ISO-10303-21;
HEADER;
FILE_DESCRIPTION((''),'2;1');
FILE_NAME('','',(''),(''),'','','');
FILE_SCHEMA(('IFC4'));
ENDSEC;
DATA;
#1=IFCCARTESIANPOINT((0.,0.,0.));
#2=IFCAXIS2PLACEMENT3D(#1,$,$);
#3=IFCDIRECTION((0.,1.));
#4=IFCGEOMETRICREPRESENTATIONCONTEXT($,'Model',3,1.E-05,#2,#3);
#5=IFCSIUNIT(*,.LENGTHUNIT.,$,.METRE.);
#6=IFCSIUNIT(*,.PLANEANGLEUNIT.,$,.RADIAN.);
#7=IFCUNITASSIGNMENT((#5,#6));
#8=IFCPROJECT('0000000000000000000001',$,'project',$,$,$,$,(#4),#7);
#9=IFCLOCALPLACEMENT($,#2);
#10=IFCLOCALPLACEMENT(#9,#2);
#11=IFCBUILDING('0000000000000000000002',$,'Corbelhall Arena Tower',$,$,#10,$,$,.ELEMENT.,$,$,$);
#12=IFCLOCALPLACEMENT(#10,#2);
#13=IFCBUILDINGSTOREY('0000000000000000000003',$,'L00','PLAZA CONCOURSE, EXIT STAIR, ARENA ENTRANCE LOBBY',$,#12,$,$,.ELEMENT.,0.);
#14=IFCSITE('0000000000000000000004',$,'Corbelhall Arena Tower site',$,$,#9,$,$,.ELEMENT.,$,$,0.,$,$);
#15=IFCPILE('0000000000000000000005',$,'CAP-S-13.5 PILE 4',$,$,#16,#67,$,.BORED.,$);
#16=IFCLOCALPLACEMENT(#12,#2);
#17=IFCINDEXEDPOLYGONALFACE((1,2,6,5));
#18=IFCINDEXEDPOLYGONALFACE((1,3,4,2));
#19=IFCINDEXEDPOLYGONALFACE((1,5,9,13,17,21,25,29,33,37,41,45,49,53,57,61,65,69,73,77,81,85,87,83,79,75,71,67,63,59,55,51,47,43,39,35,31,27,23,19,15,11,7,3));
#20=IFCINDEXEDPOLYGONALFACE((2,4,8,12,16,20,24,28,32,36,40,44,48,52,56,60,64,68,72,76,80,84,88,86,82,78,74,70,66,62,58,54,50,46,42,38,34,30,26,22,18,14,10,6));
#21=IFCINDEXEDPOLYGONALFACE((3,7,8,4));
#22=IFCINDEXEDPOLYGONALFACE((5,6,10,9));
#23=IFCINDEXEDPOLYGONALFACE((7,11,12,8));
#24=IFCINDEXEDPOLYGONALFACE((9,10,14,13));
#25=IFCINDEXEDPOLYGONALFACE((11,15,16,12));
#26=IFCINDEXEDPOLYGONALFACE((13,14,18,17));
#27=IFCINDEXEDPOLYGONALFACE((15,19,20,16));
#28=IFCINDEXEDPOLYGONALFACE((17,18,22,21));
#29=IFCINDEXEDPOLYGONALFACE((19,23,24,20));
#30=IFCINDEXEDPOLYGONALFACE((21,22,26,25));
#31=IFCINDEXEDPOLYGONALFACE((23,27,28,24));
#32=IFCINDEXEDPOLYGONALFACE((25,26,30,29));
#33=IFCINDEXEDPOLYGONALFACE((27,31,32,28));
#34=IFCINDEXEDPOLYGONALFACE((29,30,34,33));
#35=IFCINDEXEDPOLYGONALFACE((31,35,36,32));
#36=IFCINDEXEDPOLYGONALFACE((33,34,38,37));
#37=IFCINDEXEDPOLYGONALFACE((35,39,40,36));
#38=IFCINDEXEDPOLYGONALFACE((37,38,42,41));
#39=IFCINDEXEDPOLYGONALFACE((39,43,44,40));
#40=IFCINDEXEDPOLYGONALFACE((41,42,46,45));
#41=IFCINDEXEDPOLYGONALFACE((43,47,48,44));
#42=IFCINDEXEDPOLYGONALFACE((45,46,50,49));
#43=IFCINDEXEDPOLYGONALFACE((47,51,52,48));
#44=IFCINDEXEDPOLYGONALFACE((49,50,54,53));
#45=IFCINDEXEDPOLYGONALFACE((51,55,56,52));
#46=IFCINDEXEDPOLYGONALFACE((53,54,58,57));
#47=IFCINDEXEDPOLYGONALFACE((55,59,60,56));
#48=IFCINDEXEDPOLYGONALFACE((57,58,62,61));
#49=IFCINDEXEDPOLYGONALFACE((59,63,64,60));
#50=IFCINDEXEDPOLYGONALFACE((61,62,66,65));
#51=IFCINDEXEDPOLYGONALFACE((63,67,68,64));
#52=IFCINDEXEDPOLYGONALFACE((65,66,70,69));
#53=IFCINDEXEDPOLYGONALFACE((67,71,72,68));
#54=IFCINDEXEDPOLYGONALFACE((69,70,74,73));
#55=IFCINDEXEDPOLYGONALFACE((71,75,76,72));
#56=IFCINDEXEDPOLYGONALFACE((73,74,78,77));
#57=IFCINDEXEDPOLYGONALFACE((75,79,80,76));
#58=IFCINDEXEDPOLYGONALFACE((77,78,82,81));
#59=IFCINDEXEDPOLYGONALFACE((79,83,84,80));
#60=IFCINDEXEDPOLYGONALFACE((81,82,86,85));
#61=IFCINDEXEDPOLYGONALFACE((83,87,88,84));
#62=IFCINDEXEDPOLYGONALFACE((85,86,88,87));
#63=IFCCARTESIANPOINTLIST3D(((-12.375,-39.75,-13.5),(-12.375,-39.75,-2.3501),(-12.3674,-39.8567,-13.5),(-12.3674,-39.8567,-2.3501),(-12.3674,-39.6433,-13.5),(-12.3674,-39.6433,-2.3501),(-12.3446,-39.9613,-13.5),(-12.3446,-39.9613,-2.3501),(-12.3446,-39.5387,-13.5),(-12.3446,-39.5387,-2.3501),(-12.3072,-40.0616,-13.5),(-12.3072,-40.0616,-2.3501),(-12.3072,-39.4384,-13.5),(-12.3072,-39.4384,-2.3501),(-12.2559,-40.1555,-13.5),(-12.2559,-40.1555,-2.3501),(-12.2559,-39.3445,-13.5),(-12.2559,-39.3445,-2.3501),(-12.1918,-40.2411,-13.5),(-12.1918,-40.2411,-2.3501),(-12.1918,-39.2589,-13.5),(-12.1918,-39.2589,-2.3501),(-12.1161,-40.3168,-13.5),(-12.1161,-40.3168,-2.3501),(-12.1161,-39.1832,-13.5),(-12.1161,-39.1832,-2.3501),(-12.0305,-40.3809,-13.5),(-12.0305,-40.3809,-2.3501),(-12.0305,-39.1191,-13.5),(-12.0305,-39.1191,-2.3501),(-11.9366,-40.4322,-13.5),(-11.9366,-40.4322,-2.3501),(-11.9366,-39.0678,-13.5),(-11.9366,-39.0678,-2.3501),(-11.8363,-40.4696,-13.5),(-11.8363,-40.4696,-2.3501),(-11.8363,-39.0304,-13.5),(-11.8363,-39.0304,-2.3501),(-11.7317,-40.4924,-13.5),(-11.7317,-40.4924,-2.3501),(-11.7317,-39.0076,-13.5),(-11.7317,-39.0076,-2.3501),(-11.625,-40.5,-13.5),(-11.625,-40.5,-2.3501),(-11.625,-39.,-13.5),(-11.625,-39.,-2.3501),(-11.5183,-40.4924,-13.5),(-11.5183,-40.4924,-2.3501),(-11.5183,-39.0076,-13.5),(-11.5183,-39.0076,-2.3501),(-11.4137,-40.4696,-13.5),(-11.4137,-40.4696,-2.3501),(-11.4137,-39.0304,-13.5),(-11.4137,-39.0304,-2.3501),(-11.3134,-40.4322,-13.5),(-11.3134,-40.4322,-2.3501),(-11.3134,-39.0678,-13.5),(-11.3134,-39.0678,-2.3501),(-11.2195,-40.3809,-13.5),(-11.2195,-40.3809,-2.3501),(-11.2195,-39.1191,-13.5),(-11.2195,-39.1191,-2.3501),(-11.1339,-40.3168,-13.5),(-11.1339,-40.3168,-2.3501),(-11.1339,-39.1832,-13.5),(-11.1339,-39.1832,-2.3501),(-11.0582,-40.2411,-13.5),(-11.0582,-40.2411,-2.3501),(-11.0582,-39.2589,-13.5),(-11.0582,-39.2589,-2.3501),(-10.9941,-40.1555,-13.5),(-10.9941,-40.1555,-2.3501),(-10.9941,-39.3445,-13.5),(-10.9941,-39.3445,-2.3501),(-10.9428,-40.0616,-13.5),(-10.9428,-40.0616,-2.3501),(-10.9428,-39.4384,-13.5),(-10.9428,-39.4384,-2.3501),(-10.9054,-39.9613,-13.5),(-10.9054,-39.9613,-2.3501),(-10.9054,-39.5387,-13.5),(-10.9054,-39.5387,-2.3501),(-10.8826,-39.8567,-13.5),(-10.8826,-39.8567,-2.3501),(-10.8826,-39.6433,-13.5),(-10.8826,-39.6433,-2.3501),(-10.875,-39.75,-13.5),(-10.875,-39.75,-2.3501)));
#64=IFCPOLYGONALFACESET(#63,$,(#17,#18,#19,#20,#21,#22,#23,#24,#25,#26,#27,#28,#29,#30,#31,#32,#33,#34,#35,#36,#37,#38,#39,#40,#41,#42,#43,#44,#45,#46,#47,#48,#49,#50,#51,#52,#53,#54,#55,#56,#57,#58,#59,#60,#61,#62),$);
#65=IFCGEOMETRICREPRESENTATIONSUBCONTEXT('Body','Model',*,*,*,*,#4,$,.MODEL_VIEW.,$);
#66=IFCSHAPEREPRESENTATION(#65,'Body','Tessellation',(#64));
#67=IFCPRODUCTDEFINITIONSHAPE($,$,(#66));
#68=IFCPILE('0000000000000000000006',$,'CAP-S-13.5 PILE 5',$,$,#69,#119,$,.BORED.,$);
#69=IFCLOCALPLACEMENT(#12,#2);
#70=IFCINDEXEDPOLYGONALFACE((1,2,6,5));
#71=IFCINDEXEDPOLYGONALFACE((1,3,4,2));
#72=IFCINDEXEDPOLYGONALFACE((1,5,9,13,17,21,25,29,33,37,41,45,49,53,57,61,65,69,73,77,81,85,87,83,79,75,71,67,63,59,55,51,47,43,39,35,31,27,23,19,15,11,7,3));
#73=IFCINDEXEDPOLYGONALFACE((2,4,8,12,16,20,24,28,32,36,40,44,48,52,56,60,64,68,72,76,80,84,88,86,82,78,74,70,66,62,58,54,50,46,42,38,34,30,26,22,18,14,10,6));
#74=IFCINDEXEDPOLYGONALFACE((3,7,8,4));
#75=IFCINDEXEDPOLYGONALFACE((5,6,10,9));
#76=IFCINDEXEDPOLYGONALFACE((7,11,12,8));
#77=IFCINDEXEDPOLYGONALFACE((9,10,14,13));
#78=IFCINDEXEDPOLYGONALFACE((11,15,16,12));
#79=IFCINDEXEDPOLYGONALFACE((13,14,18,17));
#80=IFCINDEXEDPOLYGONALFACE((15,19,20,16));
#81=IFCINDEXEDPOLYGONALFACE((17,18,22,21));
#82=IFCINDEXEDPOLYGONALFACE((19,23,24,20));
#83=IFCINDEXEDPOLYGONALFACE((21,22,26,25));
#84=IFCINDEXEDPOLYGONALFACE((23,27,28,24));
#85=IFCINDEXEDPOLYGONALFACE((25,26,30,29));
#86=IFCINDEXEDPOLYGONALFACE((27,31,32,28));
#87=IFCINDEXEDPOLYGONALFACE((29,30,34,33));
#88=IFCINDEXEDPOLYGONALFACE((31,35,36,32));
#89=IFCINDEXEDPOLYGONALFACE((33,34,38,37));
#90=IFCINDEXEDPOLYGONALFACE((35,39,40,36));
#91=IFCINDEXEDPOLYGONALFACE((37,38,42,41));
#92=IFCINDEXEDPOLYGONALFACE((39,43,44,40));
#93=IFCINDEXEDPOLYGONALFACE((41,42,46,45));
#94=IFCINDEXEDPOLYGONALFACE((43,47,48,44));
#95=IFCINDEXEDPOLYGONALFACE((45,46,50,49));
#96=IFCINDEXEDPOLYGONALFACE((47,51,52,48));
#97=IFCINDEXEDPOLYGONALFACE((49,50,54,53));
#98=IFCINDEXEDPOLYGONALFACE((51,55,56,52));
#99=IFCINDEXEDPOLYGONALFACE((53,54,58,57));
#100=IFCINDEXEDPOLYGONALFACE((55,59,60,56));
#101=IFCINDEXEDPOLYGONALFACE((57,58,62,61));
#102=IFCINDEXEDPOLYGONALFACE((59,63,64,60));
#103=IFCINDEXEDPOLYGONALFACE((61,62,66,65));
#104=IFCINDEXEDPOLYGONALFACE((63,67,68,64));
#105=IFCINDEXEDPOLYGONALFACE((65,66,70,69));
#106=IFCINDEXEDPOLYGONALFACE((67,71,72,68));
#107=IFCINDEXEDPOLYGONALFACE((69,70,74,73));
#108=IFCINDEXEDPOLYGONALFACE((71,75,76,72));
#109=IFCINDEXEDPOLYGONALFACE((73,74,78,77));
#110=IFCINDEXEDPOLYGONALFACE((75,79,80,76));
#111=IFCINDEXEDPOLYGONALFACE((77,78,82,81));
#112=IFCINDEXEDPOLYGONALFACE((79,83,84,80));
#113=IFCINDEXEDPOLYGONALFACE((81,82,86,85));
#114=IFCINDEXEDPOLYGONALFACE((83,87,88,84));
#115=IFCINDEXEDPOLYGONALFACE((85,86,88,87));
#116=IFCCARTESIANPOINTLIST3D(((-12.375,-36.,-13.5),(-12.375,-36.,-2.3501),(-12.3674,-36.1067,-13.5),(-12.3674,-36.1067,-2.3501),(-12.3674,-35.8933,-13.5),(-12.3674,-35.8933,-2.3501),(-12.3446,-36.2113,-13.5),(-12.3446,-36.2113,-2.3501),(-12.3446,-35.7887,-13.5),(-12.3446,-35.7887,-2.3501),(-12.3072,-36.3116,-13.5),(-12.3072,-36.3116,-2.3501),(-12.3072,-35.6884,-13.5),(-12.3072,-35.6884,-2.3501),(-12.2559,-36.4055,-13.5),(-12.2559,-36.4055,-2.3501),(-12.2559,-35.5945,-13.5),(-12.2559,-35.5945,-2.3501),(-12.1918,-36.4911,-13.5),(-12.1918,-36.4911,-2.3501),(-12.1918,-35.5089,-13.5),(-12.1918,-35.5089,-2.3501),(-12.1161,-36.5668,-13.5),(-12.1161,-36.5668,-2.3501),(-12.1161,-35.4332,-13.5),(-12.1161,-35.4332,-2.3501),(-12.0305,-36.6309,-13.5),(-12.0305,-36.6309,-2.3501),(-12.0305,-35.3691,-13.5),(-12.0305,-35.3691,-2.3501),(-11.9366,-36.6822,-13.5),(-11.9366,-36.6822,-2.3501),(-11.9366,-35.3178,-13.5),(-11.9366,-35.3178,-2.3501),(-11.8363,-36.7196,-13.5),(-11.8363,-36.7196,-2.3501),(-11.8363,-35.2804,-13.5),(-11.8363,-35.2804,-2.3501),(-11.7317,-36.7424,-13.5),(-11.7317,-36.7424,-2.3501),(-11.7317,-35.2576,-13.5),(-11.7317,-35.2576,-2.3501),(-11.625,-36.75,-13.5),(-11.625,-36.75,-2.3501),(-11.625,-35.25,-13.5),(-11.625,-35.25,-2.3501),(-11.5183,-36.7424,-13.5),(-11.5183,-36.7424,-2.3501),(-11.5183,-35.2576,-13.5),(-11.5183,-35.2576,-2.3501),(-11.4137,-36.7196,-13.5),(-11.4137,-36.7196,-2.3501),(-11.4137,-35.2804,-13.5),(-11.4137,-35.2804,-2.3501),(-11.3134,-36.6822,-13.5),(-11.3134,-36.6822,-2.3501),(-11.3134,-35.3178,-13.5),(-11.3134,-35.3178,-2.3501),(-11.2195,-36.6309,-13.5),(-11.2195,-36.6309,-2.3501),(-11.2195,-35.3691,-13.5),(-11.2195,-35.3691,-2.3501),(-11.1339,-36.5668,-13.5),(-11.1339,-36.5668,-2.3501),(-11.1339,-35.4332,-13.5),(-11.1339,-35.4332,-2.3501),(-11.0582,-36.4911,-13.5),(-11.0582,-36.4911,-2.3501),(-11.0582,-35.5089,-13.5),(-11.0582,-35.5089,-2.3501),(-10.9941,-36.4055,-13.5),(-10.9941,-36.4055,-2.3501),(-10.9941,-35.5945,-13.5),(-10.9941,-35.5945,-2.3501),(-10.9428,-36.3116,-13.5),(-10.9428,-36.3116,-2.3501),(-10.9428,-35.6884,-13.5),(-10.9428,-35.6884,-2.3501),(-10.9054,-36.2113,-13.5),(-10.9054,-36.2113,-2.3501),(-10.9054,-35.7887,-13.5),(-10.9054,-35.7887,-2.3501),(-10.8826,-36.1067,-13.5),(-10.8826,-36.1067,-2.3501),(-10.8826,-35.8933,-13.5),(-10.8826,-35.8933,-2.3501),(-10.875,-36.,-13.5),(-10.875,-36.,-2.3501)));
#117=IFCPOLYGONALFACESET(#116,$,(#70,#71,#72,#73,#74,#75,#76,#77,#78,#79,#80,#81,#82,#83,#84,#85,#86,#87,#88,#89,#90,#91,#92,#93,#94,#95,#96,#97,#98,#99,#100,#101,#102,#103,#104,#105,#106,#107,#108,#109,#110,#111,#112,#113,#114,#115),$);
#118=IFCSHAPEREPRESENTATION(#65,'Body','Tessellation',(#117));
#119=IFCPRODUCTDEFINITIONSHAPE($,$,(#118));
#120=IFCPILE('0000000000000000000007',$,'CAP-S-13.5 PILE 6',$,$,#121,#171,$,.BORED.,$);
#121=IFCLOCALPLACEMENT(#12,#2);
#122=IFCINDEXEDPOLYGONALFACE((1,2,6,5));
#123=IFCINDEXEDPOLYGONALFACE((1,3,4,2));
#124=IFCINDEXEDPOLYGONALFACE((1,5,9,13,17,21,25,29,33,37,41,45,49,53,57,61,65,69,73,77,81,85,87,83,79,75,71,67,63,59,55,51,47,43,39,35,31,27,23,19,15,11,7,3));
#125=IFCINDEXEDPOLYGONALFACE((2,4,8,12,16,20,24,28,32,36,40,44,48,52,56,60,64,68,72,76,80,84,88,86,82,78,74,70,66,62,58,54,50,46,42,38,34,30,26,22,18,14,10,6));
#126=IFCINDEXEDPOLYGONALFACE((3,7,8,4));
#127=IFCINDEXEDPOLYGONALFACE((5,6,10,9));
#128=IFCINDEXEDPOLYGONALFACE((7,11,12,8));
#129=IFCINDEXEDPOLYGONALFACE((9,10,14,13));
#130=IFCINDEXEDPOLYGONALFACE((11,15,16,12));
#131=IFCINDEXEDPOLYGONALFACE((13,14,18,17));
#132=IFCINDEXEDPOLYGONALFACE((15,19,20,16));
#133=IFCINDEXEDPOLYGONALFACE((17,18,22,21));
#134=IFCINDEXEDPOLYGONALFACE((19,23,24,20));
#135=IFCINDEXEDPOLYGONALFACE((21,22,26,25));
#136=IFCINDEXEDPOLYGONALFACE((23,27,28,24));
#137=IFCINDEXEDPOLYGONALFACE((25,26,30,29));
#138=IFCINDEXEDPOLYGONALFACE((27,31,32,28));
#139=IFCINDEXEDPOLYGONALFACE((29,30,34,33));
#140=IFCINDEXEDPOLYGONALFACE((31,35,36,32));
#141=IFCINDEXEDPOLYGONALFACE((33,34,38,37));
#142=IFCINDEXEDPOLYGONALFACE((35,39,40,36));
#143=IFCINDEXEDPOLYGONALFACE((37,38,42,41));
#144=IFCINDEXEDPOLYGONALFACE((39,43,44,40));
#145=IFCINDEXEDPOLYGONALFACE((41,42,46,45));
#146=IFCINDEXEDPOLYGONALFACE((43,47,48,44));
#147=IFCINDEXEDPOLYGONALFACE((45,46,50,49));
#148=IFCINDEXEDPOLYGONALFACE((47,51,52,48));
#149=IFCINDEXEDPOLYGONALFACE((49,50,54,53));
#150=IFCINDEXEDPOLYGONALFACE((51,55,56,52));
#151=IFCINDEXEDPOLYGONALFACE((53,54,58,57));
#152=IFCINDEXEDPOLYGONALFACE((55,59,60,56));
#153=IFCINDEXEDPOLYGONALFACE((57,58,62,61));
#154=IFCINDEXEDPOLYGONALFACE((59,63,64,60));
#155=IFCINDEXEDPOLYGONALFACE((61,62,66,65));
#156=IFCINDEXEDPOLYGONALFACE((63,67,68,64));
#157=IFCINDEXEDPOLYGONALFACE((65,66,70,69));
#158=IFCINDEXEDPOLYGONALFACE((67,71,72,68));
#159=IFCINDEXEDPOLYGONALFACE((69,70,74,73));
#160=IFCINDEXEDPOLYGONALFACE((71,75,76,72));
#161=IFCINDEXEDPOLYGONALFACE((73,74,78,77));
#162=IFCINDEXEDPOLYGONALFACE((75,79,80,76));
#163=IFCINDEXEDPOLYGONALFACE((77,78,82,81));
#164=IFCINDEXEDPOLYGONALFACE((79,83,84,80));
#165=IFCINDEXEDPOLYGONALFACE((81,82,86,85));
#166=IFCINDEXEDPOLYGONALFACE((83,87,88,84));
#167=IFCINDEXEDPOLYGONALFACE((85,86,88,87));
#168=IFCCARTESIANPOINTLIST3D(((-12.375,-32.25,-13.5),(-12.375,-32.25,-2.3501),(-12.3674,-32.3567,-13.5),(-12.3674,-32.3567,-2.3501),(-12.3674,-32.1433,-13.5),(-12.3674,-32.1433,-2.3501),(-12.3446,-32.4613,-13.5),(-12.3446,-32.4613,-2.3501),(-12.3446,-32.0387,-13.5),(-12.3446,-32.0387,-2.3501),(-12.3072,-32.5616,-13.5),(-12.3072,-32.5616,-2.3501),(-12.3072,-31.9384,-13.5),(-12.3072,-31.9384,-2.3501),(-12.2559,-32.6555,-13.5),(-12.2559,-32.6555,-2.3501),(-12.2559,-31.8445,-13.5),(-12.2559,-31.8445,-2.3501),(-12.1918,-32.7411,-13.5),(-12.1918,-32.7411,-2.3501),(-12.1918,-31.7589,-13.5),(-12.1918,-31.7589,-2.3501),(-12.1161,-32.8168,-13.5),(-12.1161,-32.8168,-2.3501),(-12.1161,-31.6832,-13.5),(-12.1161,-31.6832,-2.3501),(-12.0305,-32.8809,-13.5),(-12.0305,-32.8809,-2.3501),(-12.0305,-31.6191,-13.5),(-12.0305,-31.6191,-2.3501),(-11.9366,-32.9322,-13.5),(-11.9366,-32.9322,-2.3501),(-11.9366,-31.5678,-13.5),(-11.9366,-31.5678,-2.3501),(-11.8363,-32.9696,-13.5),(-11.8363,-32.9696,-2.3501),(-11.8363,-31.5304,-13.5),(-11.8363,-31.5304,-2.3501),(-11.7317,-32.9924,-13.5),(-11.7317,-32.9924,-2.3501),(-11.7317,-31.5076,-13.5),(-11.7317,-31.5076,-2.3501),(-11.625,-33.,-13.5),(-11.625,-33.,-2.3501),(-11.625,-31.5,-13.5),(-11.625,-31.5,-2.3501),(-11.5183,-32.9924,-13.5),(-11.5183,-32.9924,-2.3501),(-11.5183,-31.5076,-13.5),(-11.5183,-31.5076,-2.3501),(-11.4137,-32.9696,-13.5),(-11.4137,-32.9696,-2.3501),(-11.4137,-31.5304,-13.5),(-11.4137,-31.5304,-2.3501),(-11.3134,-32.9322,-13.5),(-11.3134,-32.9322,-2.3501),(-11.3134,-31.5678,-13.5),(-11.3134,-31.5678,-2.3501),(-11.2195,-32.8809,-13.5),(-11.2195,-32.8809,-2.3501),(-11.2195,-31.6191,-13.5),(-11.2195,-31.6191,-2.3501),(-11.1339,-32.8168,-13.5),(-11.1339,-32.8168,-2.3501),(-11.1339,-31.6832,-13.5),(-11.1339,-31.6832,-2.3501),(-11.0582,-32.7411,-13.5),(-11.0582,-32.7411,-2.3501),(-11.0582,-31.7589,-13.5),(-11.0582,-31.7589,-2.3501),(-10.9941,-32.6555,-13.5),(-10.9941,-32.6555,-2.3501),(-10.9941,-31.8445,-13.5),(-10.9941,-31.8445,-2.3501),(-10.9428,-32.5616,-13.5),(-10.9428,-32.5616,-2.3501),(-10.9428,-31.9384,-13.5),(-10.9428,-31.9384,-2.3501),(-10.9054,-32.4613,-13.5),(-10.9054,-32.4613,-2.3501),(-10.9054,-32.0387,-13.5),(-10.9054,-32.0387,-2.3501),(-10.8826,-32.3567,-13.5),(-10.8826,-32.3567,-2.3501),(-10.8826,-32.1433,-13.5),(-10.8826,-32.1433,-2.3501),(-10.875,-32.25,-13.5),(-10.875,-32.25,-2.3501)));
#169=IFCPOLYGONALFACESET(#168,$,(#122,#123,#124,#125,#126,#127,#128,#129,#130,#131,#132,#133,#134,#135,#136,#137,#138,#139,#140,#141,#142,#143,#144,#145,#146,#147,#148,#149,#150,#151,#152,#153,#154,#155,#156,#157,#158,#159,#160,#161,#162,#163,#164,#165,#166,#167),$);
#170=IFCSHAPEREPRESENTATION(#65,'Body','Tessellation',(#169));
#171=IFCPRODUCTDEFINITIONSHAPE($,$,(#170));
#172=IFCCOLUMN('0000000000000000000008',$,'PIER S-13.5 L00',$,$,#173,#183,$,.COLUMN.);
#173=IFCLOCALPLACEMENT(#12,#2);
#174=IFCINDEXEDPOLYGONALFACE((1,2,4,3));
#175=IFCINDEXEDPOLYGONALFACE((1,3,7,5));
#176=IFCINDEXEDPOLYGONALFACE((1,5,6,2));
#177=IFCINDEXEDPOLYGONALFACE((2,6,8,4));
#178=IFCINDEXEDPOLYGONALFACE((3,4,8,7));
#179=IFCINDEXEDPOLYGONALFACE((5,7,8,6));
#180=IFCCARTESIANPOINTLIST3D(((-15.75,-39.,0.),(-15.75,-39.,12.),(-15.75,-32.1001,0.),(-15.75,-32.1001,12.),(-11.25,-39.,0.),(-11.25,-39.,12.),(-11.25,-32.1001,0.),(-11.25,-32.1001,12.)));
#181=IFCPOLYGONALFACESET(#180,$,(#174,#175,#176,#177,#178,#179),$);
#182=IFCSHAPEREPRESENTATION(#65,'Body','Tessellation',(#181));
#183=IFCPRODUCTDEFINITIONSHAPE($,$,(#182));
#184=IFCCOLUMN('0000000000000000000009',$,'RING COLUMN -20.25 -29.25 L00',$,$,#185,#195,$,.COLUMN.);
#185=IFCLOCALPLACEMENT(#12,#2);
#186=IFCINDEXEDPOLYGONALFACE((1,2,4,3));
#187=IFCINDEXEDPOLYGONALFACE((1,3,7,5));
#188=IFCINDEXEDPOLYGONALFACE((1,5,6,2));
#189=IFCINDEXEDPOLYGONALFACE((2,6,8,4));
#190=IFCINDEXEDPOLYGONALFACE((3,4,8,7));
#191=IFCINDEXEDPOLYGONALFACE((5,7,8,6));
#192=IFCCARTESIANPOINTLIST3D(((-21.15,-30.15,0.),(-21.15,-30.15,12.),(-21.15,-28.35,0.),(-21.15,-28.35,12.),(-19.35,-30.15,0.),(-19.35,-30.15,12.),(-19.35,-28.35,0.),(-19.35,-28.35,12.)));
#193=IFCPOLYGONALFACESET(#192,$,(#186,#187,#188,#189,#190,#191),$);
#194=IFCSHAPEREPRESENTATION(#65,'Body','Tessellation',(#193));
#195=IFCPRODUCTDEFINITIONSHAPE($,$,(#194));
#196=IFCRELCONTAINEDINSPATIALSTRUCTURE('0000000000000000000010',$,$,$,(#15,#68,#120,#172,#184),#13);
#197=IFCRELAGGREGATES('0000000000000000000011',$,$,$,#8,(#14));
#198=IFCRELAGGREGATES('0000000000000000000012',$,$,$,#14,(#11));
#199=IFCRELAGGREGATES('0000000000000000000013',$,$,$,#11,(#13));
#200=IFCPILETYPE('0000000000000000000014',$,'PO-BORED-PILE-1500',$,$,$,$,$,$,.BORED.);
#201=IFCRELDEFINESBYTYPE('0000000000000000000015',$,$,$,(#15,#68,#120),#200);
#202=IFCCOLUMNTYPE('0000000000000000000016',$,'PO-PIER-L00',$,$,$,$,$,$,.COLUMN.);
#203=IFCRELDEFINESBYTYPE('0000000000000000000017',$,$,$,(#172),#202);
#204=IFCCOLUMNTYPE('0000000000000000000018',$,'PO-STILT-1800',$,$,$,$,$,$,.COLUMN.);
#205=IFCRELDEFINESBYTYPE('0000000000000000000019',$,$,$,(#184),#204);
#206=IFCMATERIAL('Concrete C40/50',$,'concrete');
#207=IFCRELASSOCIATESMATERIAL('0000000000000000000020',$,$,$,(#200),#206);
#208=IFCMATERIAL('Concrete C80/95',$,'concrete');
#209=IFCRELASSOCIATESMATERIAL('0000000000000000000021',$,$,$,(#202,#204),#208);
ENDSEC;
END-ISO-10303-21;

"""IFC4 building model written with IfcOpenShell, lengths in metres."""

from ifc_helpers import new_model, si_unit, direction, frame, origin, origin_2d, place, context, subcontext, project, spatial, rectangle, circle, extrude, material, material_profile, profile_set, type_object, element, save


model = new_model("IFC4")

# Units and contexts
model_context = context("Model", 3, precision=1e-05, world=origin(), true_north=direction((0.0, 1.0)))
body_context = subcontext(model_context, "Body", "Model", "MODEL_VIEW")
ifc_project = project(units=[si_unit("LENGTHUNIT", "METRE"), si_unit("PLANEANGLEUNIT", "RADIAN")], contexts=[model_context])

# Site, building, storey
site_placement = place(None, origin())
site = spatial("IfcSite", under=ifc_project, at=site_placement, Name="Corbelhall Arena Tower site", CompositionType="ELEMENT", RefElevation=0.0)
building_placement = place(site_placement, origin())
building = spatial("IfcBuilding", under=site, at=building_placement, Name="Corbelhall Arena Tower", CompositionType="ELEMENT")
storey_placement = place(building_placement, origin())
storey = spatial("IfcBuildingStorey", under=building, at=storey_placement, Name="L00", Description="PLAZA CONCOURSE, EXIT STAIR, ARENA ENTRANCE LOBBY", CompositionType="ELEMENT", Elevation=0.0)

# Piles
ifc_material_1 = material(Name="Concrete C40/50", Category="concrete")
ifc_material_profile_1 = material_profile(ifc_material_1, circle(Radius=0.75, at=origin_2d()))
ifc_profile_set_1 = profile_set([ifc_material_profile_1], Name="Concrete C40/50")
pile_type_1 = type_object("IfcPileType", Name="PO-BORED-PILE-1500", PredefinedType="BORED", material=ifc_profile_set_1)
for number, where, z_axis, x_axis, name in (
    (1, (-11.625, -39.75, -2.3501), (0.0, 0.0, -1.0), (1.0, 0.0, 0.0), "CAP-S-13.5 PILE 4"),
    (2, (-11.625, -36.0, -2.3501), (0.0, 0.0, -1.0), (1.0, 0.0, 0.0), "CAP-S-13.5 PILE 5"),
    (3, (-11.625, -32.25, -2.3501), (0.0, 0.0, -1.0), (1.0, 0.0, 0.0), "CAP-S-13.5 PILE 6"),
):
    element("IfcPile", number, at=place(storey_placement, frame(where, z_axis=z_axis, x_axis=x_axis)), inside=storey, type_object=pile_type_1, Name=name, PredefinedType="BORED", context=body_context, shape_type="SweptSolid", body=[
        extrude(circle(Radius=0.75, at=origin_2d()), origin(), (0.0, 0.0, 1.0), 11.1499),
    ])

# Columns
ifc_material_2 = material(Name="Concrete C80/95", Category="concrete")
ifc_material_profile_2 = material_profile(ifc_material_2, rectangle(XDim=4.5, YDim=6.8999, at=origin_2d()))
ifc_profile_set_2 = profile_set([ifc_material_profile_2], Name="Concrete C80/95")
column_type_1 = type_object("IfcColumnType", Name="PO-PIER-L00", PredefinedType="COLUMN", material=ifc_profile_set_2)
column_1_placement = place(storey_placement, frame((-13.5, -35.55, 0.0), z_axis=(0.0, 0.0, 1.0), x_axis=(1.0, 0.0, 0.0)))
element("IfcColumn", 4, at=column_1_placement, inside=storey, type_object=column_type_1, Name="PIER S-13.5 L00", PredefinedType="COLUMN", context=body_context, shape_type="SweptSolid", body=[
    extrude(rectangle(XDim=4.5, YDim=6.8999, at=origin_2d()), origin(), (0.0, 0.0, 1.0), 12.0),
])
ifc_material_profile_3 = material_profile(ifc_material_2, rectangle(XDim=1.8, YDim=1.8, at=origin_2d()))
ifc_profile_set_3 = profile_set([ifc_material_profile_3], Name="Concrete C80/95")
column_type_2 = type_object("IfcColumnType", Name="PO-STILT-1800", PredefinedType="COLUMN", material=ifc_profile_set_3)
column_2_placement = place(storey_placement, frame((-20.25, -29.25, 0.0), z_axis=(0.0, 0.0, 1.0), x_axis=(1.0, 0.0, 0.0)))
element("IfcColumn", 5, at=column_2_placement, inside=storey, type_object=column_type_2, Name="RING COLUMN -20.25 -29.25 L00", PredefinedType="COLUMN", context=body_context, shape_type="SweptSolid", body=[
    extrude(rectangle(XDim=1.8, YDim=1.8, at=origin_2d()), origin(), (0.0, 0.0, 1.0), 12.0),
])

save(model, "model.ifc")
